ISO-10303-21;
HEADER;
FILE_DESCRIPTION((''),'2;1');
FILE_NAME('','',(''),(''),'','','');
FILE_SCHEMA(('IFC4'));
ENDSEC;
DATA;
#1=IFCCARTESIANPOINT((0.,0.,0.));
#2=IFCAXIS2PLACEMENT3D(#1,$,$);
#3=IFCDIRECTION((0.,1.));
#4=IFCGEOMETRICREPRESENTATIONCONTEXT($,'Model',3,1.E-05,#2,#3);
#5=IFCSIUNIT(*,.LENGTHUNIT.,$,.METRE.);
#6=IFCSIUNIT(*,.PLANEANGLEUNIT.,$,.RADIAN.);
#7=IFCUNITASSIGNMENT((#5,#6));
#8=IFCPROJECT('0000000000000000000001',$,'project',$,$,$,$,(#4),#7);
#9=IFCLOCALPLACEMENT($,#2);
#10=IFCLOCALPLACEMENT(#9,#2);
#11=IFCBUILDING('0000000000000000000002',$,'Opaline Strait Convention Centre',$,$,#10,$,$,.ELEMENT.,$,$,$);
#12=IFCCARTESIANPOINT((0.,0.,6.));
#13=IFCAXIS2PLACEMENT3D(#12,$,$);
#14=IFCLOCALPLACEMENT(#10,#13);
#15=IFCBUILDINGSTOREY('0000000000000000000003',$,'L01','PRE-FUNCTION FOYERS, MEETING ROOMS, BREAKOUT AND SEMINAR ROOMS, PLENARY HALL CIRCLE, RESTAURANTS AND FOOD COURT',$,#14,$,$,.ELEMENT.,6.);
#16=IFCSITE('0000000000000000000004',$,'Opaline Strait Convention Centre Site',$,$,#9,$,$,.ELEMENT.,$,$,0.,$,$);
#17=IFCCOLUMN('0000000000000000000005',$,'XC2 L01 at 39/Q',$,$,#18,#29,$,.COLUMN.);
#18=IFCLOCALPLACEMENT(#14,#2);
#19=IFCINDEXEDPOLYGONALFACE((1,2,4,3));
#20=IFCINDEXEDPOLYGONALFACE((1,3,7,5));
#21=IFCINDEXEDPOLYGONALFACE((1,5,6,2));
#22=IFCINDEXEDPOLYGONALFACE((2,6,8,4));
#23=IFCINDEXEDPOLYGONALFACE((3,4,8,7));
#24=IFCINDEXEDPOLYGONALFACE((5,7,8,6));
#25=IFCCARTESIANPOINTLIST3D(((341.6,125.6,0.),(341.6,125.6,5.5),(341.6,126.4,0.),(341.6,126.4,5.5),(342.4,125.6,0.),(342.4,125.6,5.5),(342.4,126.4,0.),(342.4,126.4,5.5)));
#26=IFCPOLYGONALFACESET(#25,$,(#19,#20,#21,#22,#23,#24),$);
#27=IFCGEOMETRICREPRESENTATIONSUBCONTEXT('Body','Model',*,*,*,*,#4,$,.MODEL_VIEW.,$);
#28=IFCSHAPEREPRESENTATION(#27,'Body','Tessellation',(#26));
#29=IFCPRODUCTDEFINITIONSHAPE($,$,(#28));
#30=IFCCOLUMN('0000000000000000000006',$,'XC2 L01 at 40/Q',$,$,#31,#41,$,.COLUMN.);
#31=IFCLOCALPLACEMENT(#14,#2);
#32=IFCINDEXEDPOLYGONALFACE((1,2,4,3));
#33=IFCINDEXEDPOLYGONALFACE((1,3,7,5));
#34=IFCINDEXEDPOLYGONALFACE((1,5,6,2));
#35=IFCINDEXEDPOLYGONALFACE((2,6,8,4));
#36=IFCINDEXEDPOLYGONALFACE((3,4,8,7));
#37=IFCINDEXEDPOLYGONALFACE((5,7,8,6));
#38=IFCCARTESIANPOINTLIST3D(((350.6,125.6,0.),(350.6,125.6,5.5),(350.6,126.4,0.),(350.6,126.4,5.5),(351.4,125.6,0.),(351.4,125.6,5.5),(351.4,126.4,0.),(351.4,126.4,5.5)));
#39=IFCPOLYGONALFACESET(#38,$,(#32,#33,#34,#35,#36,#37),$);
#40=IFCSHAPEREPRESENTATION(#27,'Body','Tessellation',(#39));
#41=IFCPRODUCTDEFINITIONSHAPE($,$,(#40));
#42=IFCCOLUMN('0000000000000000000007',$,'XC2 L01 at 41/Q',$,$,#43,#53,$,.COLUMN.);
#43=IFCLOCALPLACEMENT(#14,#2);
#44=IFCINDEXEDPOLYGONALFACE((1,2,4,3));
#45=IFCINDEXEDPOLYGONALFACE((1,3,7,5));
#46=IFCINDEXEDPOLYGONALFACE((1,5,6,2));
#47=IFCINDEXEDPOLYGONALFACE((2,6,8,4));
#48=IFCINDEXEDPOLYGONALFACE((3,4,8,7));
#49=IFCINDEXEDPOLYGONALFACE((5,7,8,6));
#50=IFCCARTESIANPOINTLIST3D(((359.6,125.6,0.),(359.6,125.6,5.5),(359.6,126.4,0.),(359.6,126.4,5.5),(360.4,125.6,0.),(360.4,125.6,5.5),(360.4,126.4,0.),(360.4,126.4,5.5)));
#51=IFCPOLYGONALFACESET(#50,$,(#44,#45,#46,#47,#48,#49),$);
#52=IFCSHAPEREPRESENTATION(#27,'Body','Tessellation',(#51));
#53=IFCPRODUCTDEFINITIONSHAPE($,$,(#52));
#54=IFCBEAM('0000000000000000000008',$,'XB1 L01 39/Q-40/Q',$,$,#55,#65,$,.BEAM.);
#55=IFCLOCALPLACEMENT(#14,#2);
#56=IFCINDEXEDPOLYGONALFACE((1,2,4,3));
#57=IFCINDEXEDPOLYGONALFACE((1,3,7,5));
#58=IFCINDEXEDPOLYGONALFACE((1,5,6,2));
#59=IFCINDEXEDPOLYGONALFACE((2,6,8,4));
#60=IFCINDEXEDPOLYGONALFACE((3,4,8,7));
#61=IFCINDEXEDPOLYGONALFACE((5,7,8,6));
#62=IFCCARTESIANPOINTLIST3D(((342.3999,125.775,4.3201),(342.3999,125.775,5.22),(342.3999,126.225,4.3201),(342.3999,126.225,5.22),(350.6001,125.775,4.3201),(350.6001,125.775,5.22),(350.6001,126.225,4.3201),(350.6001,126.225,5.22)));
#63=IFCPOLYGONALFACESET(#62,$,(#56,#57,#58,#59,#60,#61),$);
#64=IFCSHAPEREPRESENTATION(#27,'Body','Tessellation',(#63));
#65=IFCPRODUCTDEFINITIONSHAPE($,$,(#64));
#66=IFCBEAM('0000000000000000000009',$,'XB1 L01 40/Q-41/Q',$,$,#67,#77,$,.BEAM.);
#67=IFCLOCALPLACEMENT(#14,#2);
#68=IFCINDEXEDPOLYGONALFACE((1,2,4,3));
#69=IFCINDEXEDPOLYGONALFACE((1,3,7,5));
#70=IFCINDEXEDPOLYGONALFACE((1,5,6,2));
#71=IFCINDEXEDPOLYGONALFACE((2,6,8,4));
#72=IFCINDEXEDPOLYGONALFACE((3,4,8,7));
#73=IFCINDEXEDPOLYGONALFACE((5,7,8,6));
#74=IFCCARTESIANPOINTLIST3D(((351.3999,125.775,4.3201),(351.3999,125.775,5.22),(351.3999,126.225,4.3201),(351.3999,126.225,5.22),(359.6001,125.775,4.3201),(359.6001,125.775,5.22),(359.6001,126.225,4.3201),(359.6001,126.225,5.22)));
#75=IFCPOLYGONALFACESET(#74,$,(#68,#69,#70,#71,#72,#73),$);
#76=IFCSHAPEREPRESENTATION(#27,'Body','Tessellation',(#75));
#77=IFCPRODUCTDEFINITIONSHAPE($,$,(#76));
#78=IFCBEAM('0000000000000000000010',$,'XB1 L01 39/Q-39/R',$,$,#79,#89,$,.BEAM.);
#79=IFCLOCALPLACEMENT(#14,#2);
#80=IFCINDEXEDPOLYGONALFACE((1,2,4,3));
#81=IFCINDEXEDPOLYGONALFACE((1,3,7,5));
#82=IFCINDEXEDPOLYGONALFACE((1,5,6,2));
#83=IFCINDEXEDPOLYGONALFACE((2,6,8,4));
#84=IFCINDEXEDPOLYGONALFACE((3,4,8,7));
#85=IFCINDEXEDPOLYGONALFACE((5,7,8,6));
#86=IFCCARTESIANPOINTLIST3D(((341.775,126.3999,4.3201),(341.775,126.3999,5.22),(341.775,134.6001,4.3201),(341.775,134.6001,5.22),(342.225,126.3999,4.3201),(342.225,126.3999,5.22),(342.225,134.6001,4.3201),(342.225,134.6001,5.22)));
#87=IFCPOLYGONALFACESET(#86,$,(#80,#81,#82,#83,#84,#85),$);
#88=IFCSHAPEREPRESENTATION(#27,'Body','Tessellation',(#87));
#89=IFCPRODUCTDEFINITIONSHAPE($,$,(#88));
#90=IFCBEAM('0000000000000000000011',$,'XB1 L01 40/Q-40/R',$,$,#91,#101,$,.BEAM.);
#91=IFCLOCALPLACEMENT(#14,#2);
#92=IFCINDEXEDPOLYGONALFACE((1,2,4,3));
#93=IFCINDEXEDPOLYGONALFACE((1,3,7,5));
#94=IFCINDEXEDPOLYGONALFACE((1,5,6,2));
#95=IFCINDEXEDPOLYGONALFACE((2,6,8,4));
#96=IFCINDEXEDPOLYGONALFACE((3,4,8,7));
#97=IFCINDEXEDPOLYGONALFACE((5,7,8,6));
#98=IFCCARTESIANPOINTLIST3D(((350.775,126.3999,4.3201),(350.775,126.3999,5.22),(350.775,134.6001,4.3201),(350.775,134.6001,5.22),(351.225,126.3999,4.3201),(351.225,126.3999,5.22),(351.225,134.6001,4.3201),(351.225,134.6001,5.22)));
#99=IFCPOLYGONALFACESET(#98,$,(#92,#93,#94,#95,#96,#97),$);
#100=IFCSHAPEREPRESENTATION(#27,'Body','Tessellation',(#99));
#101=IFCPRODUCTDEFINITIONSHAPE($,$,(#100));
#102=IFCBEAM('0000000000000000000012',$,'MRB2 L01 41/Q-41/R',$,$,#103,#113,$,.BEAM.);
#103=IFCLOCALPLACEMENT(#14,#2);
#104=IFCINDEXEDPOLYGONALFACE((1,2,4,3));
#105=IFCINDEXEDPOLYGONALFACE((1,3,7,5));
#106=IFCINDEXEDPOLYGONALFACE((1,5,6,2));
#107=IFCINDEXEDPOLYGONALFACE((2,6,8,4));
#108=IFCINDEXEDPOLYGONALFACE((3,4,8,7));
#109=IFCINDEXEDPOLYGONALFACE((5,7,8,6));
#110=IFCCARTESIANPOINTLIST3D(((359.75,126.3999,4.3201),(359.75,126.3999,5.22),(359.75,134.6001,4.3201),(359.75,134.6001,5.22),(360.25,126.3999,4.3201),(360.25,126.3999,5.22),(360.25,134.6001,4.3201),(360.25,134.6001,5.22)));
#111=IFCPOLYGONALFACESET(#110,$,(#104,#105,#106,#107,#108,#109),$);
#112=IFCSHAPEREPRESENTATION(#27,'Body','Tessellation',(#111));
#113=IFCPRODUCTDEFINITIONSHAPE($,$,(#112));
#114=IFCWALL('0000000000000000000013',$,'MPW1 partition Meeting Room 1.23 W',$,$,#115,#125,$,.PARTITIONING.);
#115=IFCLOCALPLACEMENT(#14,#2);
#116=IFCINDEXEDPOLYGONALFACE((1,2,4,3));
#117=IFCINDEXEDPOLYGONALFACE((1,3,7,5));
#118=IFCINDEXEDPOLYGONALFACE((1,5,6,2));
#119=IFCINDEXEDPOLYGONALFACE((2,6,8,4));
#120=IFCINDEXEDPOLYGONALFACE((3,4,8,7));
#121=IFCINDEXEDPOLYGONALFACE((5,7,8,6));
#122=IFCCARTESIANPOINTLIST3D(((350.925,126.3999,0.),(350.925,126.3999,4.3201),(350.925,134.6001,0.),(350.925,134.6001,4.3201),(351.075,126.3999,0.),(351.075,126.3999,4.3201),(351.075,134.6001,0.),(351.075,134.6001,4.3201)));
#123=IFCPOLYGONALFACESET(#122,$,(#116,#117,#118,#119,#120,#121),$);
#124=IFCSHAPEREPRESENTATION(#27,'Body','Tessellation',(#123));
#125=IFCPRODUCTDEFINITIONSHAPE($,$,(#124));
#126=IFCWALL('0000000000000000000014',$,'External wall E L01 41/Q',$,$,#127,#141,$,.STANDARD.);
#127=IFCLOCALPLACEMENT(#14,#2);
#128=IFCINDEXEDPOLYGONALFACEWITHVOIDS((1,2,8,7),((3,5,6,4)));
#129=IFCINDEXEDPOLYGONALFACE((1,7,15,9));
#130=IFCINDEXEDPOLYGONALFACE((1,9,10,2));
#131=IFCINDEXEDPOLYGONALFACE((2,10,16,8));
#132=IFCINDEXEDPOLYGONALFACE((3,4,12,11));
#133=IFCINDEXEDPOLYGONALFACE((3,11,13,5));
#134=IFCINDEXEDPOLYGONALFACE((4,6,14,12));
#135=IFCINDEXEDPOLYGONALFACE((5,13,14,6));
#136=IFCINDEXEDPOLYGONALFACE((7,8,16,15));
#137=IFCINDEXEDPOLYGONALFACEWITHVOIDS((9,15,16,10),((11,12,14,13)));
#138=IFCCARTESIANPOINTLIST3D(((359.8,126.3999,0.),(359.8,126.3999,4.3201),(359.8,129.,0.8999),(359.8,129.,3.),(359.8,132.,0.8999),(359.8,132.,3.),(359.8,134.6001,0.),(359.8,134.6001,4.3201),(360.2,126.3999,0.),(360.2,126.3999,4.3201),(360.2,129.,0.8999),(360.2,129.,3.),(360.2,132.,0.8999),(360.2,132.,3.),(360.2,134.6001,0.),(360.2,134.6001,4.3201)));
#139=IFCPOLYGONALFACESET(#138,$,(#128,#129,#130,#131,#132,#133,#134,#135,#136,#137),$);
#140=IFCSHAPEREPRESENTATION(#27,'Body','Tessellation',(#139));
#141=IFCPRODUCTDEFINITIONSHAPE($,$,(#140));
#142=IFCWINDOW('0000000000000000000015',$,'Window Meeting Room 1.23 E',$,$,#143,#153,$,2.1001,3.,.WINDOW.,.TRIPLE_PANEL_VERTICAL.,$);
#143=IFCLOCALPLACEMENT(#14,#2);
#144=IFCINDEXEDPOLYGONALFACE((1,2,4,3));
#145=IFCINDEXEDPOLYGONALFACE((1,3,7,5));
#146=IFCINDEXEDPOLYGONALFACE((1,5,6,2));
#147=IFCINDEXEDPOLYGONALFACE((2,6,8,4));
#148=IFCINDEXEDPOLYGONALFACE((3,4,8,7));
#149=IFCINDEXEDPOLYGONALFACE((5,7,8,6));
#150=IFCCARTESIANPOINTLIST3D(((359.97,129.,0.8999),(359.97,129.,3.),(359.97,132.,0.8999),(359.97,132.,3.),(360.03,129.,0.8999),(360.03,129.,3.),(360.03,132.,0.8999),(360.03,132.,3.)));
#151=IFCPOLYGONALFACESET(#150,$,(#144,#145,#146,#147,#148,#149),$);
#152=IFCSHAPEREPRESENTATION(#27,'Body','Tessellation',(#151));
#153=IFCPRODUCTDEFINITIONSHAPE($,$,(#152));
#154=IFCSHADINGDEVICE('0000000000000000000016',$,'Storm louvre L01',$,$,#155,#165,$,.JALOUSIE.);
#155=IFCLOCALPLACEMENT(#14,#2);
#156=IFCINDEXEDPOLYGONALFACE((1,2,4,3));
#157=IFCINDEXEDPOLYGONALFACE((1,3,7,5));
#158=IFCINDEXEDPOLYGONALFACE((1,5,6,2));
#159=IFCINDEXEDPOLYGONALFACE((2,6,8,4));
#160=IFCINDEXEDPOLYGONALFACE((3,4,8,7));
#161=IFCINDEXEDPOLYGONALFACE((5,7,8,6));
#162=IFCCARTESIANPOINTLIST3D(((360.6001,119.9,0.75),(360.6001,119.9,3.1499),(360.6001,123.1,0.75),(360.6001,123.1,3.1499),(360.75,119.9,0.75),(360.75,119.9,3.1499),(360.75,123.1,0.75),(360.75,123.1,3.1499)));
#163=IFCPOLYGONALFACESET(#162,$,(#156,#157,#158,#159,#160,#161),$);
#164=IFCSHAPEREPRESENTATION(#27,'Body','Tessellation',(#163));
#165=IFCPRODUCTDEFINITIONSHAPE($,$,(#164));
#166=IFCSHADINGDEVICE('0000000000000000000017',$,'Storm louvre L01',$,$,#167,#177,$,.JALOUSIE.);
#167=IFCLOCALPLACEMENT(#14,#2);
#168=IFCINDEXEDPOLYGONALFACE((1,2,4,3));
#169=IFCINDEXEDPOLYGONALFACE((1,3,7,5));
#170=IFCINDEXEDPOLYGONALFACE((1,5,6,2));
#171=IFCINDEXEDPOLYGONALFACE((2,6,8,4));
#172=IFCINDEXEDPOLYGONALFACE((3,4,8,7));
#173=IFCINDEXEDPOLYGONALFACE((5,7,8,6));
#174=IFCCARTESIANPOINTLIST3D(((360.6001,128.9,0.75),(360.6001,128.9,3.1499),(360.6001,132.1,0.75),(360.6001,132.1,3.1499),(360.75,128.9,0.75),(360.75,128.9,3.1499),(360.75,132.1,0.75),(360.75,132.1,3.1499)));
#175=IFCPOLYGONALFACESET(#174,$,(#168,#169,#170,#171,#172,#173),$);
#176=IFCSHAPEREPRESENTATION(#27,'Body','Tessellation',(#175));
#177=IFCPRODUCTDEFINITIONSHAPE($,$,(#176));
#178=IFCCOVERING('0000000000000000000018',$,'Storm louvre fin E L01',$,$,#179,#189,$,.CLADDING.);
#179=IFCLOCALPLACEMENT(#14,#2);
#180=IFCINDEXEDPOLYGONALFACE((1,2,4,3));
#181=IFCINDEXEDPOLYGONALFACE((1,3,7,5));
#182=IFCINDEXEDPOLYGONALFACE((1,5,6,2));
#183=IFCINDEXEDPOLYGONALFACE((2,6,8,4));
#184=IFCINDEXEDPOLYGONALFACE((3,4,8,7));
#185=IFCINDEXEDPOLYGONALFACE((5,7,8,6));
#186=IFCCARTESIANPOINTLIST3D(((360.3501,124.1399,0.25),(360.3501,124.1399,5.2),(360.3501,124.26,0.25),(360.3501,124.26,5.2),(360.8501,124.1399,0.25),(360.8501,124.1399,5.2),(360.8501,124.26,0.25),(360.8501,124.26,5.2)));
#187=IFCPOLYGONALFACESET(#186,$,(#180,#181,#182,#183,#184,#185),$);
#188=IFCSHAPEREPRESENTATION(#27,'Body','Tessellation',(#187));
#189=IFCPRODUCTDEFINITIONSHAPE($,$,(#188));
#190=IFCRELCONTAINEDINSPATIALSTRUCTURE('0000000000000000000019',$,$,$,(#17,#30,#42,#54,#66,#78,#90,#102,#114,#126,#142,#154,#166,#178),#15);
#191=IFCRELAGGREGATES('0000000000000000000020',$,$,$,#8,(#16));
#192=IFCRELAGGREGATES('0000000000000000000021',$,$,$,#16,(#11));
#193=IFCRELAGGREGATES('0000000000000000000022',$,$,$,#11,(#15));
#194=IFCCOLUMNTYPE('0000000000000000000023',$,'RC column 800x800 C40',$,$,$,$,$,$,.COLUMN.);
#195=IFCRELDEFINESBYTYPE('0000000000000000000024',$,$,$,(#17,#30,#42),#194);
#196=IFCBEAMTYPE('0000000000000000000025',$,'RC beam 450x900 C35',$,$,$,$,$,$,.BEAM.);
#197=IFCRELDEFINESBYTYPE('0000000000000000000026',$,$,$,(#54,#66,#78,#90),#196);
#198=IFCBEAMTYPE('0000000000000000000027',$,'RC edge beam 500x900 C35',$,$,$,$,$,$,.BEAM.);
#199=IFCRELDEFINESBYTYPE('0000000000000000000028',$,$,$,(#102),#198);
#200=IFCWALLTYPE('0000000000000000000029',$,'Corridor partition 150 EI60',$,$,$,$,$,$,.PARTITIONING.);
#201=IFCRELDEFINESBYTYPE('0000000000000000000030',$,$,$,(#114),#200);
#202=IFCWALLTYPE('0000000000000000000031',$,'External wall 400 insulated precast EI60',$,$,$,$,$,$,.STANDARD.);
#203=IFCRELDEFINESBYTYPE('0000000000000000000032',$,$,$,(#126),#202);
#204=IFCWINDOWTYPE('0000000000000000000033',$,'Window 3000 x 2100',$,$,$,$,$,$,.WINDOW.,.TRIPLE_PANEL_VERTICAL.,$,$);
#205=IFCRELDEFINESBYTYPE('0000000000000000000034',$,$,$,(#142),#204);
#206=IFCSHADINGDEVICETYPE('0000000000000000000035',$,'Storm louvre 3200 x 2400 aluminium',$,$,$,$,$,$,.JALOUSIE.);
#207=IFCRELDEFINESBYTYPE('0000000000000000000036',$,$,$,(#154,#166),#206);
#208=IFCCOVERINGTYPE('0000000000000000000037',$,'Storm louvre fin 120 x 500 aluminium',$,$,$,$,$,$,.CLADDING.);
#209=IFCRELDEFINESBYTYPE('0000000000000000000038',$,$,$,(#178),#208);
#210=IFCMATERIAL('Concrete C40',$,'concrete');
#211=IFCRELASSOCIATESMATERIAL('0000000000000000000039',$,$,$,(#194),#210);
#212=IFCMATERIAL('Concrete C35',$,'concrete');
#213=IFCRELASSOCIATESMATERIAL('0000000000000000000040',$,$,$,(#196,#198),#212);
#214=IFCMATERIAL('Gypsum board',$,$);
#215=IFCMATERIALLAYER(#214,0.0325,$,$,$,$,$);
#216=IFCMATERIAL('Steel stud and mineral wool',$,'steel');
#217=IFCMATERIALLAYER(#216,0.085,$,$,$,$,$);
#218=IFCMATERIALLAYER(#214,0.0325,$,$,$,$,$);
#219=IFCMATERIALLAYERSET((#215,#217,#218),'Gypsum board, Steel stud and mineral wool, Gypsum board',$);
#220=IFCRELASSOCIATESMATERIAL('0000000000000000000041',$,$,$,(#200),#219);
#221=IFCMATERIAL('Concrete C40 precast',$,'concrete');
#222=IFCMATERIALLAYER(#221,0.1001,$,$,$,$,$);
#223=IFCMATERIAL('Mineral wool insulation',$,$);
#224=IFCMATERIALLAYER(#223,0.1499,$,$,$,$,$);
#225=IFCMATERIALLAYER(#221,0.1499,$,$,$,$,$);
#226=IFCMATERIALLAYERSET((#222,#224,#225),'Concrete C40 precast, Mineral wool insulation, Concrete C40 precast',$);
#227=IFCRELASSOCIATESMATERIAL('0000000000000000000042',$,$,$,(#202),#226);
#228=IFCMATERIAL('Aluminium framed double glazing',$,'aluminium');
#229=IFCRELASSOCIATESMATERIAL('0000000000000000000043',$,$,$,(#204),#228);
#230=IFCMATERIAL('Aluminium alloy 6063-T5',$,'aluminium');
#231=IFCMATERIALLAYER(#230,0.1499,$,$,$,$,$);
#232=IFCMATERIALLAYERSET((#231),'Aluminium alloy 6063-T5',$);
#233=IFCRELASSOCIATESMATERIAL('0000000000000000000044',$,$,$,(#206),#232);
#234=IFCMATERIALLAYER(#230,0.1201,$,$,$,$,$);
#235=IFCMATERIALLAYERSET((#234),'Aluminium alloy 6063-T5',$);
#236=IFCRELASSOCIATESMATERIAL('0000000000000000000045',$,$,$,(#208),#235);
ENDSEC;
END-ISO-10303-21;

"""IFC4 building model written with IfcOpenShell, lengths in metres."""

from ifc_helpers import new_model, si_unit, direction, frame, frame_2d, origin, origin_2d, place, context, subcontext, project, spatial, rectangle, extrude, material, layer, layer_set, material_profile, profile_set, type_object, element, fill, save


model = new_model("IFC4")

# Units and contexts
model_context = context("Model", 3, precision=1e-05, world=origin(), true_north=direction((0.0, 1.0)))
body_context = subcontext(model_context, "Body", "Model", "MODEL_VIEW")
ifc_project = project(units=[si_unit("LENGTHUNIT", "METRE"), si_unit("PLANEANGLEUNIT", "RADIAN")], contexts=[model_context])

# Site, building, storey
site_placement = place(None, origin())
site = spatial("IfcSite", under=ifc_project, at=site_placement, Name="Opaline Strait Convention Centre Site", CompositionType="ELEMENT", RefElevation=0.0)
building_placement = place(site_placement, origin())
building = spatial("IfcBuilding", under=site, at=building_placement, Name="Opaline Strait Convention Centre", CompositionType="ELEMENT")
storey_placement = place(building_placement, frame((0.0, 0.0, 6.0)))
storey = spatial("IfcBuildingStorey", under=building, at=storey_placement, Name="L01", Description="PRE-FUNCTION FOYERS, MEETING ROOMS, BREAKOUT AND SEMINAR ROOMS, PLENARY HALL CIRCLE, RESTAURANTS AND FOOD COURT", CompositionType="ELEMENT", Elevation=6.0)

# Columns
ifc_material_1 = material(Name="Concrete C40", Category="concrete")
ifc_material_profile_1 = material_profile(ifc_material_1, rectangle(XDim=0.8, YDim=0.8, at=origin_2d()), Name="RC 800x800")
ifc_profile_set_1 = profile_set([ifc_material_profile_1], Name="Concrete C40")
column_type = type_object("IfcColumnType", Name="RC column 800x800 C40", PredefinedType="COLUMN", material=ifc_profile_set_1)
for number, where, z_axis, x_axis, name in (
    (1, (342.0, 126.0, 0.0), (0.0, 0.0, 1.0), (1.0, 0.0, 0.0), "XC2 L01 at 39/Q"),
    (2, (351.0, 126.0, 0.0), (0.0, 0.0, 1.0), (1.0, 0.0, 0.0), "XC2 L01 at 40/Q"),
    (3, (360.0, 126.0, 0.0), (0.0, 0.0, 1.0), (1.0, 0.0, 0.0), "XC2 L01 at 41/Q"),
):
    element("IfcColumn", number, at=place(storey_placement, frame(where, z_axis=z_axis, x_axis=x_axis)), inside=storey, type_object=column_type, Name=name, PredefinedType="COLUMN", context=body_context, shape_type="SweptSolid", body=[
        extrude(rectangle(XDim=0.8, YDim=0.8, at=origin_2d()), origin(), (0.0, 0.0, 1.0), 5.5),
    ])

# Beams
ifc_material_2 = material(Name="Concrete C35", Category="concrete")
ifc_material_profile_2 = material_profile(ifc_material_2, rectangle(XDim=0.45, YDim=0.8999, at=origin_2d()), Name="RC 450x900")
ifc_profile_set_2 = profile_set([ifc_material_profile_2], Name="Concrete C35")
beam_type_1 = type_object("IfcBeamType", Name="RC beam 450x900 C35", PredefinedType="BEAM", material=ifc_profile_set_2)
for number, where, z_axis, x_axis, name in (
    (4, (342.3999, 126.0, 4.77), (1.0, 0.0, 0.0), (0.0, 1.0, 0.0), "XB1 L01 39/Q-40/Q"),
    (5, (351.3999, 126.0, 4.77), (1.0, 0.0, 0.0), (0.0, 1.0, 0.0), "XB1 L01 40/Q-41/Q"),
    (6, (342.0, 126.3999, 4.77), (0.0, 1.0, 0.0), (-1.0, 0.0, 0.0), "XB1 L01 39/Q-39/R"),
    (7, (351.0, 126.3999, 4.77), (0.0, 1.0, 0.0), (-1.0, 0.0, 0.0), "XB1 L01 40/Q-40/R"),
):
    element("IfcBeam", number, at=place(storey_placement, frame(where, z_axis=z_axis, x_axis=x_axis)), inside=storey, type_object=beam_type_1, Name=name, PredefinedType="BEAM", context=body_context, shape_type="SweptSolid", body=[
        extrude(rectangle(XDim=0.45, YDim=0.8999, at=origin_2d()), origin(), (0.0, 0.0, 1.0), 8.2002),
    ])
ifc_material_profile_3 = material_profile(ifc_material_2, rectangle(XDim=0.5, YDim=0.8999, at=origin_2d()), Name="RC 500x900")
ifc_profile_set_3 = profile_set([ifc_material_profile_3], Name="Concrete C35")
beam_type_2 = type_object("IfcBeamType", Name="RC edge beam 500x900 C35", PredefinedType="BEAM", material=ifc_profile_set_3)
beam_placement = place(storey_placement, frame((360.0, 126.3999, 4.77), z_axis=(0.0, 1.0, 0.0), x_axis=(-1.0, 0.0, 0.0)))
element("IfcBeam", 8, at=beam_placement, inside=storey, type_object=beam_type_2, Name="MRB2 L01 41/Q-41/R", PredefinedType="BEAM", context=body_context, shape_type="SweptSolid", body=[
    extrude(rectangle(XDim=0.5, YDim=0.8999, at=origin_2d()), origin(), (0.0, 0.0, 1.0), 8.2002),
])

# Wall
ifc_material_3 = material(Name="Gypsum board")
ifc_layer_1 = layer(ifc_material_3, 0.0325)
ifc_material_4 = material(Name="Steel stud and mineral wool", Category="steel")
ifc_layer_2 = layer(ifc_material_4, 0.085)
ifc_layer_3 = layer(ifc_material_3, 0.0325)
ifc_layer_set_1 = layer_set([ifc_layer_1, ifc_layer_2, ifc_layer_3], Name="Gypsum board, Steel stud and mineral wool, Gypsum board")
wall_type_1 = type_object("IfcWallType", Name="Corridor partition 150 EI60", PredefinedType="PARTITIONING", material=ifc_layer_set_1)
wall_1_placement = place(storey_placement, frame((351.0, 126.3999, 0.0), z_axis=(0.0, 0.0, 1.0), x_axis=(0.0, 1.0, 0.0)))
element("IfcWall", 9, at=wall_1_placement, inside=storey, type_object=wall_type_1, Name="MPW1 partition Meeting Room 1.23 W", PredefinedType="PARTITIONING", context=body_context, shape_type="SweptSolid", body=[
    extrude(rectangle(XDim=8.2002, YDim=0.1499, at=frame_2d((4.1001, 0.0))), origin(), (0.0, 0.0, 1.0), 4.3201),
])

# Wall, opening, window
ifc_material_5 = material(Name="Concrete C40 precast", Category="concrete")
ifc_layer_4 = layer(ifc_material_5, 0.1001)
ifc_material_6 = material(Name="Mineral wool insulation")
ifc_layer_5 = layer(ifc_material_6, 0.1499)
ifc_layer_6 = layer(ifc_material_5, 0.1499)
ifc_layer_set_2 = layer_set([ifc_layer_4, ifc_layer_5, ifc_layer_6], Name="Concrete C40 precast, Mineral wool insulation, Concrete C40 precast")
wall_type_2 = type_object("IfcWallType", Name="External wall 400 insulated precast EI60", PredefinedType="STANDARD", material=ifc_layer_set_2)
wall_2_placement = place(storey_placement, frame((360.0, 126.3999, 0.0), z_axis=(0.0, 0.0, 1.0), x_axis=(0.0, 1.0, 0.0)))
wall_2 = element("IfcWall", 10, at=wall_2_placement, inside=storey, type_object=wall_type_2, Name="External wall E L01 41/Q", PredefinedType="STANDARD", context=body_context, shape_type="SweptSolid", body=[
    extrude(rectangle(XDim=8.2002, YDim=0.3999, at=frame_2d((4.1001, 0.0))), origin(), (0.0, 0.0, 1.0), 4.3201),
])
opening_placement = place(wall_2_placement, frame((2.6001, 0.0, 0.8999)))
opening = element("IfcOpeningElement", 11, at=opening_placement, cuts=wall_2, PredefinedType="OPENING", context=body_context, shape_type="SweptSolid", body=[
    extrude(rectangle(XDim=3.0, YDim=2.1001, at=frame_2d((1.5, 1.05))), frame((0.0, 0.21, 0.0), z_axis=(0.0, -1.0, 0.0), x_axis=(1.0, 0.0, 0.0)), (0.0, 0.0, 1.0), 0.4199),
])
ifc_material_7 = material(Name="Aluminium framed double glazing", Category="aluminium")
window_type = type_object("IfcWindowType", Name="Window 3000 x 2100", PartitioningType="TRIPLE_PANEL_VERTICAL", PredefinedType="WINDOW", material=ifc_material_7)
window_placement = place(opening_placement, origin())
window = element("IfcWindow", 12, at=window_placement, inside=storey, type_object=window_type, Name="Window Meeting Room 1.23 E", OverallHeight=2.1001, OverallWidth=3.0, PartitioningType="TRIPLE_PANEL_VERTICAL", PredefinedType="WINDOW", context=body_context, shape_type="SweptSolid", body=[
    extrude(rectangle(XDim=3.0, YDim=2.1001, at=frame_2d((1.5, 1.05))), frame((0.0, 0.03, 0.0), z_axis=(0.0, -1.0, 0.0), x_axis=(1.0, 0.0, 0.0)), (0.0, 0.0, 1.0), 0.0601),
])
fill(opening, window)

# Shading devices
ifc_material_8 = material(Name="Aluminium alloy 6063-T5", Category="aluminium")
ifc_layer_7 = layer(ifc_material_8, 0.1499)
ifc_layer_set_3 = layer_set([ifc_layer_7], Name="Aluminium alloy 6063-T5")
shading_device_type = type_object("IfcShadingDeviceType", Name="Storm louvre 3200 x 2400 aluminium", PredefinedType="JALOUSIE", material=ifc_layer_set_3)
for number, where, z_axis, x_axis, name in (
    (13, (360.675, 121.5, 0.75), (0.0, 0.0, 1.0), (1.0, 0.0, 0.0), "Storm louvre L01"),
    (14, (360.675, 130.5, 0.75), (0.0, 0.0, 1.0), (1.0, 0.0, 0.0), "Storm louvre L01"),
):
    element("IfcShadingDevice", number, at=place(storey_placement, frame(where, z_axis=z_axis, x_axis=x_axis)), inside=storey, type_object=shading_device_type, Name=name, PredefinedType="JALOUSIE", context=body_context, shape_type="SweptSolid", body=[
        extrude(rectangle(XDim=0.1499, YDim=3.2, at=origin_2d()), origin(), (0.0, 0.0, 1.0), 2.3999),
    ])

# Covering
ifc_layer_8 = layer(ifc_material_8, 0.1201)
ifc_layer_set_4 = layer_set([ifc_layer_8], Name="Aluminium alloy 6063-T5")
covering_type = type_object("IfcCoveringType", Name="Storm louvre fin 120 x 500 aluminium", PredefinedType="CLADDING", material=ifc_layer_set_4)
for number, where, z_axis, x_axis, name in (
    (15, (360.6001, 124.2, 0.25), (0.0, 0.0, 1.0), (1.0, 0.0, 0.0), "Storm louvre fin E L01"),
):
    element("IfcCovering", number, at=place(storey_placement, frame(where, z_axis=z_axis, x_axis=x_axis)), inside=storey, type_object=covering_type, Name=name, PredefinedType="CLADDING", context=body_context, shape_type="SweptSolid", body=[
        extrude(rectangle(XDim=0.5, YDim=0.1201, at=origin_2d()), origin(), (0.0, 0.0, 1.0), 4.95),
    ])

save(model, "model.ifc")
